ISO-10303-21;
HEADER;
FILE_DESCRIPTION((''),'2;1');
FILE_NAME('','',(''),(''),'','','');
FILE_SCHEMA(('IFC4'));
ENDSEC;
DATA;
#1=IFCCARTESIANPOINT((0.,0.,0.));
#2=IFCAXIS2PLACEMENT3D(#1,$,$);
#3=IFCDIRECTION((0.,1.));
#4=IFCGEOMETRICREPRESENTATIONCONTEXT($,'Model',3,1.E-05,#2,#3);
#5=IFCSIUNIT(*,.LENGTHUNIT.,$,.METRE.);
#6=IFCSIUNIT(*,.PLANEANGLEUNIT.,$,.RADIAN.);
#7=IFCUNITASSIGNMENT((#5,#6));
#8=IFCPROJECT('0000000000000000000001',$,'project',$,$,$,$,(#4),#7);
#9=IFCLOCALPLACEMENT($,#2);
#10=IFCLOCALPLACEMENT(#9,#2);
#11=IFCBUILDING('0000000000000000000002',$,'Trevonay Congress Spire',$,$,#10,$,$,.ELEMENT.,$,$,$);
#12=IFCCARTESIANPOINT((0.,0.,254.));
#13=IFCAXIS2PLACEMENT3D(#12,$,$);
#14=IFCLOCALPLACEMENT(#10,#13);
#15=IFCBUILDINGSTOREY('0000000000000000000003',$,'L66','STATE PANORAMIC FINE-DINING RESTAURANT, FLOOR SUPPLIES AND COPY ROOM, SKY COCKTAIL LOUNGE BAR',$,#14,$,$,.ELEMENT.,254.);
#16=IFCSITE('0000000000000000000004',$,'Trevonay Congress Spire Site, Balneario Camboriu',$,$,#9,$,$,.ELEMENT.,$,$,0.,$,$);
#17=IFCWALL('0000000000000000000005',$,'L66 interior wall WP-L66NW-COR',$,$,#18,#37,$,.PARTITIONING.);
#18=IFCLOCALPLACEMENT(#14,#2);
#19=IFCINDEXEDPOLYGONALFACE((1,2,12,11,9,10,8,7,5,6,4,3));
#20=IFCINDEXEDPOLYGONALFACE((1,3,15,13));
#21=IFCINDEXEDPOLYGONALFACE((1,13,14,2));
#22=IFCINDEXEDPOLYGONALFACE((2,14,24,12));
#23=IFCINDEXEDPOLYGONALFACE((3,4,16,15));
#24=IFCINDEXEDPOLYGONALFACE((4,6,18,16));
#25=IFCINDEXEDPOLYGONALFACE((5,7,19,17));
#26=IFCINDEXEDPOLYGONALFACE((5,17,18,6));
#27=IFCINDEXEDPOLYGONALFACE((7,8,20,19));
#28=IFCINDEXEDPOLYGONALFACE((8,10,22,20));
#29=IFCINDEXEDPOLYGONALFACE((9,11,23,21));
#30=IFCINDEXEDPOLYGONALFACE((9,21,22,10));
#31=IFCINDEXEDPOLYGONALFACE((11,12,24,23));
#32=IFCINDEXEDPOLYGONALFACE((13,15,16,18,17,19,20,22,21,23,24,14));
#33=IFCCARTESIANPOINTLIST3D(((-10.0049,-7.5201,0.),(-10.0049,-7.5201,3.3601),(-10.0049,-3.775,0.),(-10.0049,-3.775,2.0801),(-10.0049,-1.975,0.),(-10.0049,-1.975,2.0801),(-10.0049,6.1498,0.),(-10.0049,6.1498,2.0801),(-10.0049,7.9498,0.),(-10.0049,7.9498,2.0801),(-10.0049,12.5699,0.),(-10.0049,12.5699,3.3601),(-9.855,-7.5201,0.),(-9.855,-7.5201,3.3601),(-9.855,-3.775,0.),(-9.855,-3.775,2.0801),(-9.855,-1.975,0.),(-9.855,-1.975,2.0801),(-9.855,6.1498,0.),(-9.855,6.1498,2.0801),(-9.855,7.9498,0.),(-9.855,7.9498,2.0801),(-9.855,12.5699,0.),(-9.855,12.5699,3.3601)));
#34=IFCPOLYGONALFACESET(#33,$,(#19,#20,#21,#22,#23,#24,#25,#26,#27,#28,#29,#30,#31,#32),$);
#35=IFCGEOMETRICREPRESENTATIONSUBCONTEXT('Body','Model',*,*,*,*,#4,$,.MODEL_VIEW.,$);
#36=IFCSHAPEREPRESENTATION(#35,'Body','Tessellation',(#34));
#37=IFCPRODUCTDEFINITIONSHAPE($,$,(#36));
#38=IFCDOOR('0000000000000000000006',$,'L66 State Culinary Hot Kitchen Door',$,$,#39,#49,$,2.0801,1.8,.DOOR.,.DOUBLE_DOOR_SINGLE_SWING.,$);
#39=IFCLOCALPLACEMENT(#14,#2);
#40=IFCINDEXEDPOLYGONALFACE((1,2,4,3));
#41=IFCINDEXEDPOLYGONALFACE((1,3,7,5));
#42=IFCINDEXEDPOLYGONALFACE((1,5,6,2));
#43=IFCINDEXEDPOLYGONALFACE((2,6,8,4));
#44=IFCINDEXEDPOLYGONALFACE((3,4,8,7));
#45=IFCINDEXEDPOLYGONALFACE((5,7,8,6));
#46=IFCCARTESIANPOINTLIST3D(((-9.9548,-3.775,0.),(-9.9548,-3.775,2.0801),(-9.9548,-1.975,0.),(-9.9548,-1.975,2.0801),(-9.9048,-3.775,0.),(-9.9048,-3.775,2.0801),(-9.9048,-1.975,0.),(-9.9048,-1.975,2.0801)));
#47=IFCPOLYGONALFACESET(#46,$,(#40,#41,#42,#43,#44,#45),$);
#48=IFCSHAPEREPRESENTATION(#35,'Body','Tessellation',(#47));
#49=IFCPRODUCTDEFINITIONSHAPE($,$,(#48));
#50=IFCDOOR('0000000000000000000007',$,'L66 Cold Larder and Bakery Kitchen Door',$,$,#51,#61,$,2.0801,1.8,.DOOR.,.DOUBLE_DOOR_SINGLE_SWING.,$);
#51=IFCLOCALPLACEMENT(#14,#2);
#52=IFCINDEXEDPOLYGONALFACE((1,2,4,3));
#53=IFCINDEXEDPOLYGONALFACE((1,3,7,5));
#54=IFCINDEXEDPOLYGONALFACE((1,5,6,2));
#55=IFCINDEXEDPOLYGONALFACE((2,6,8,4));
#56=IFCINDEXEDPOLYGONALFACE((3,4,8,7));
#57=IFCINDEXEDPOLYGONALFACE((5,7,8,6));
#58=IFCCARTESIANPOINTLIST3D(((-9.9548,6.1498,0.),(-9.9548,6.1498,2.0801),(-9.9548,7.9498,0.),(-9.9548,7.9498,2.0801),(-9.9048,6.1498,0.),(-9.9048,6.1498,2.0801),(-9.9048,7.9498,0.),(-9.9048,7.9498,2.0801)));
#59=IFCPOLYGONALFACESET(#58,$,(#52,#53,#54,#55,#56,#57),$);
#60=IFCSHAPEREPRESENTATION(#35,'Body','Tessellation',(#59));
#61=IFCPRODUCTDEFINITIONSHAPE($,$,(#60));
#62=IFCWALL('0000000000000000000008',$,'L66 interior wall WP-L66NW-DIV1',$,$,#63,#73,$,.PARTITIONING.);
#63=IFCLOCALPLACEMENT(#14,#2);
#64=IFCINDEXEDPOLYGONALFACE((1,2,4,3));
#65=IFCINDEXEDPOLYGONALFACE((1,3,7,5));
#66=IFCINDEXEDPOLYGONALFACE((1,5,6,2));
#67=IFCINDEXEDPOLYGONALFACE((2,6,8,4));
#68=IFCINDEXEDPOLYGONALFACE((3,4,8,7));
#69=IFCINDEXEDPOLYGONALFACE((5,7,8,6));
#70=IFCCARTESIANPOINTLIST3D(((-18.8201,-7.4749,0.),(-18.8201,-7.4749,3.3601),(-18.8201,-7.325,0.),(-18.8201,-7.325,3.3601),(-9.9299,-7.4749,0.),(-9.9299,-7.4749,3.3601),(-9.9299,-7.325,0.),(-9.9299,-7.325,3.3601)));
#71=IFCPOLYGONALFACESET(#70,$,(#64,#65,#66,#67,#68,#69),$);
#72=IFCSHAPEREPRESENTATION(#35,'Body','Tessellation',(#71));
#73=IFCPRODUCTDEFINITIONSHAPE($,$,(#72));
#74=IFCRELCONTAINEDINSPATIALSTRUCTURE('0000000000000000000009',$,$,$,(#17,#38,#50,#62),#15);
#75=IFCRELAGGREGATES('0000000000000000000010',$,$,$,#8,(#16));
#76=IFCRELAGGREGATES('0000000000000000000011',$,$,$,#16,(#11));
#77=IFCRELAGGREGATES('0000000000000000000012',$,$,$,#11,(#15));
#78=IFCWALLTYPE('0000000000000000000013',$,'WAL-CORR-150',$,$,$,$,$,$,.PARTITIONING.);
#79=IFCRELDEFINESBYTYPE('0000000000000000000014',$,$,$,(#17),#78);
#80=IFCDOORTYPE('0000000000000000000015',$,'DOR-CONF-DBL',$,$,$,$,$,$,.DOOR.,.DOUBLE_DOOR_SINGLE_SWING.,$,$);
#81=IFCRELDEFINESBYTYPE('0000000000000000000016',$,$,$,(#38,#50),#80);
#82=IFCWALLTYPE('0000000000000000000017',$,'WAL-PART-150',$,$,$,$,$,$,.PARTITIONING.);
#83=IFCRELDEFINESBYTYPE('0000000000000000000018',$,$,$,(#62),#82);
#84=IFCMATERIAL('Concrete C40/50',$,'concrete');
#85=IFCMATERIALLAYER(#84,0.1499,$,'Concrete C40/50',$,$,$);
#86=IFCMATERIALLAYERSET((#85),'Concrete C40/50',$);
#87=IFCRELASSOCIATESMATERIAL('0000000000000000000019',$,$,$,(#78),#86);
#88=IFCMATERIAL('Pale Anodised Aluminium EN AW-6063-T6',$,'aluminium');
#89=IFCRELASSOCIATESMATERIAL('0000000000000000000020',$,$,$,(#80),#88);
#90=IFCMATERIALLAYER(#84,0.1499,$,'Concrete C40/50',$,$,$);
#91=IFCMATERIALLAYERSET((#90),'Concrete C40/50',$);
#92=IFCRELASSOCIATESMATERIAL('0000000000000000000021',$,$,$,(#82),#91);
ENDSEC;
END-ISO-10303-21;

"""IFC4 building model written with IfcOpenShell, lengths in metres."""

from ifc_helpers import new_model, si_unit, direction, frame, frame_2d, origin, place, context, subcontext, project, spatial, rectangle, extrude, material, layer, layer_set, type_object, element, fill, save


model = new_model("IFC4")

# Units and contexts
model_context = context("Model", 3, precision=1e-05, world=origin(), true_north=direction((0.0, 1.0)))
body_context = subcontext(model_context, "Body", "Model", "MODEL_VIEW")
ifc_project = project(units=[si_unit("LENGTHUNIT", "METRE"), si_unit("PLANEANGLEUNIT", "RADIAN")], contexts=[model_context])

# Site, building, storey
site_placement = place(None, origin())
site = spatial("IfcSite", under=ifc_project, at=site_placement, Name="Trevonay Congress Spire Site, Balneario Camboriu", CompositionType="ELEMENT", RefElevation=0.0)
building_placement = place(site_placement, origin())
building = spatial("IfcBuilding", under=site, at=building_placement, Name="Trevonay Congress Spire", CompositionType="ELEMENT")
storey_placement = place(building_placement, frame((0.0, 0.0, 254.0)))
storey = spatial("IfcBuildingStorey", under=building, at=storey_placement, Name="L66", Description="STATE PANORAMIC FINE-DINING RESTAURANT, FLOOR SUPPLIES AND COPY ROOM, SKY COCKTAIL LOUNGE BAR", CompositionType="ELEMENT", Elevation=254.0)

# Shared definitions
ifc_material_1 = material(Name="Pale Anodised Aluminium EN AW-6063-T6", Category="aluminium")

# Shared definitions
ifc_material_2 = material(Name="Concrete C40/50", Category="concrete")
ifc_layer_1 = layer(ifc_material_2, 0.1499, Name="Concrete C40/50")
ifc_layer_set_1 = layer_set([ifc_layer_1], Name="Concrete C40/50")
wall_type_1 = type_object("IfcWallType", Name="WAL-CORR-150", PredefinedType="PARTITIONING", material=ifc_layer_set_1)
door_type_1 = type_object("IfcDoorType", Name="DOR-CONF-DBL", OperationType="DOUBLE_DOOR_SINGLE_SWING", PredefinedType="DOOR", material=ifc_material_1)

# Wall, openings, doors
wall_1_placement = place(storey_placement, frame((-9.9299, -7.52, 0.0), z_axis=(0.0, 0.0, 1.0), x_axis=(0.0, 1.0, 0.0)))
wall_1 = element("IfcWall", 1, at=wall_1_placement, inside=storey, type_object=wall_type_1, Name="L66 interior wall WP-L66NW-COR", PredefinedType="PARTITIONING", context=body_context, shape_type="SweptSolid", body=[
    extrude(rectangle(XDim=20.0901, YDim=0.1499, at=frame_2d((10.0449, 0.0))), origin(), (0.0, 0.0, 1.0), 3.3601),
])
opening_1_placement = place(wall_1_placement, frame((3.7451, 0.0, 0.0)))
opening_1 = element("IfcOpeningElement", 2, at=opening_1_placement, cuts=wall_1, PredefinedType="OPENING", context=body_context, shape_type="SweptSolid", body=[
    extrude(rectangle(XDim=1.8, YDim=2.0801, at=frame_2d((0.8999, 1.04))), frame((0.0, 0.085, 0.0), z_axis=(0.0, -1.0, 0.0), x_axis=(1.0, 0.0, 0.0)), (0.0, 0.0, 1.0), 0.1699),
])
opening_2_placement = place(wall_1_placement, frame((13.6699, 0.0, 0.0)))
opening_2 = element("IfcOpeningElement", 3, at=opening_2_placement, cuts=wall_1, PredefinedType="OPENING", context=body_context, shape_type="SweptSolid", body=[
    extrude(rectangle(XDim=1.8, YDim=2.0801, at=frame_2d((0.8999, 1.04))), frame((0.0, 0.085, 0.0), z_axis=(0.0, -1.0, 0.0), x_axis=(1.0, 0.0, 0.0)), (0.0, 0.0, 1.0), 0.1699),
])
door_1_placement = place(opening_1_placement, origin())
door_1 = element("IfcDoor", 4, at=door_1_placement, inside=storey, type_object=door_type_1, Name="L66 State Culinary Hot Kitchen Door", OperationType="DOUBLE_DOOR_SINGLE_SWING", OverallHeight=2.0801, OverallWidth=1.8, PredefinedType="DOOR", context=body_context, shape_type="SweptSolid", body=[
    extrude(rectangle(XDim=1.8, YDim=2.0801, at=frame_2d((0.8999, 1.04))), frame((0.0, 0.0249, 0.0), z_axis=(0.0, -1.0, 0.0), x_axis=(1.0, 0.0, 0.0)), (0.0, 0.0, 1.0), 0.05),
])
fill(opening_1, door_1)
door_2_placement = place(opening_2_placement, origin())
door_2 = element("IfcDoor", 5, at=door_2_placement, inside=storey, type_object=door_type_1, Name="L66 Cold Larder and Bakery Kitchen Door", OperationType="DOUBLE_DOOR_SINGLE_SWING", OverallHeight=2.0801, OverallWidth=1.8, PredefinedType="DOOR", context=body_context, shape_type="SweptSolid", body=[
    extrude(rectangle(XDim=1.8, YDim=2.0801, at=frame_2d((0.8999, 1.04))), frame((0.0, 0.0249, 0.0), z_axis=(0.0, -1.0, 0.0), x_axis=(1.0, 0.0, 0.0)), (0.0, 0.0, 1.0), 0.05),
])
fill(opening_2, door_2)

# Wall
ifc_layer_2 = layer(ifc_material_2, 0.1499, Name="Concrete C40/50")
ifc_layer_set_2 = layer_set([ifc_layer_2], Name="Concrete C40/50")
wall_type_2 = type_object("IfcWallType", Name="WAL-PART-150", PredefinedType="PARTITIONING", material=ifc_layer_set_2)
wall_2_placement = place(storey_placement, frame((-18.8201, -7.3999, 0.0), z_axis=(0.0, 0.0, 1.0), x_axis=(1.0, 0.0, 0.0)))
element("IfcWall", 6, at=wall_2_placement, inside=storey, type_object=wall_type_2, Name="L66 interior wall WP-L66NW-DIV1", PredefinedType="PARTITIONING", context=body_context, shape_type="SweptSolid", body=[
    extrude(rectangle(XDim=8.8901, YDim=0.1499, at=frame_2d((4.4451, 0.0))), origin(), (0.0, 0.0, 1.0), 3.3601),
])

save(model, "model.ifc")
